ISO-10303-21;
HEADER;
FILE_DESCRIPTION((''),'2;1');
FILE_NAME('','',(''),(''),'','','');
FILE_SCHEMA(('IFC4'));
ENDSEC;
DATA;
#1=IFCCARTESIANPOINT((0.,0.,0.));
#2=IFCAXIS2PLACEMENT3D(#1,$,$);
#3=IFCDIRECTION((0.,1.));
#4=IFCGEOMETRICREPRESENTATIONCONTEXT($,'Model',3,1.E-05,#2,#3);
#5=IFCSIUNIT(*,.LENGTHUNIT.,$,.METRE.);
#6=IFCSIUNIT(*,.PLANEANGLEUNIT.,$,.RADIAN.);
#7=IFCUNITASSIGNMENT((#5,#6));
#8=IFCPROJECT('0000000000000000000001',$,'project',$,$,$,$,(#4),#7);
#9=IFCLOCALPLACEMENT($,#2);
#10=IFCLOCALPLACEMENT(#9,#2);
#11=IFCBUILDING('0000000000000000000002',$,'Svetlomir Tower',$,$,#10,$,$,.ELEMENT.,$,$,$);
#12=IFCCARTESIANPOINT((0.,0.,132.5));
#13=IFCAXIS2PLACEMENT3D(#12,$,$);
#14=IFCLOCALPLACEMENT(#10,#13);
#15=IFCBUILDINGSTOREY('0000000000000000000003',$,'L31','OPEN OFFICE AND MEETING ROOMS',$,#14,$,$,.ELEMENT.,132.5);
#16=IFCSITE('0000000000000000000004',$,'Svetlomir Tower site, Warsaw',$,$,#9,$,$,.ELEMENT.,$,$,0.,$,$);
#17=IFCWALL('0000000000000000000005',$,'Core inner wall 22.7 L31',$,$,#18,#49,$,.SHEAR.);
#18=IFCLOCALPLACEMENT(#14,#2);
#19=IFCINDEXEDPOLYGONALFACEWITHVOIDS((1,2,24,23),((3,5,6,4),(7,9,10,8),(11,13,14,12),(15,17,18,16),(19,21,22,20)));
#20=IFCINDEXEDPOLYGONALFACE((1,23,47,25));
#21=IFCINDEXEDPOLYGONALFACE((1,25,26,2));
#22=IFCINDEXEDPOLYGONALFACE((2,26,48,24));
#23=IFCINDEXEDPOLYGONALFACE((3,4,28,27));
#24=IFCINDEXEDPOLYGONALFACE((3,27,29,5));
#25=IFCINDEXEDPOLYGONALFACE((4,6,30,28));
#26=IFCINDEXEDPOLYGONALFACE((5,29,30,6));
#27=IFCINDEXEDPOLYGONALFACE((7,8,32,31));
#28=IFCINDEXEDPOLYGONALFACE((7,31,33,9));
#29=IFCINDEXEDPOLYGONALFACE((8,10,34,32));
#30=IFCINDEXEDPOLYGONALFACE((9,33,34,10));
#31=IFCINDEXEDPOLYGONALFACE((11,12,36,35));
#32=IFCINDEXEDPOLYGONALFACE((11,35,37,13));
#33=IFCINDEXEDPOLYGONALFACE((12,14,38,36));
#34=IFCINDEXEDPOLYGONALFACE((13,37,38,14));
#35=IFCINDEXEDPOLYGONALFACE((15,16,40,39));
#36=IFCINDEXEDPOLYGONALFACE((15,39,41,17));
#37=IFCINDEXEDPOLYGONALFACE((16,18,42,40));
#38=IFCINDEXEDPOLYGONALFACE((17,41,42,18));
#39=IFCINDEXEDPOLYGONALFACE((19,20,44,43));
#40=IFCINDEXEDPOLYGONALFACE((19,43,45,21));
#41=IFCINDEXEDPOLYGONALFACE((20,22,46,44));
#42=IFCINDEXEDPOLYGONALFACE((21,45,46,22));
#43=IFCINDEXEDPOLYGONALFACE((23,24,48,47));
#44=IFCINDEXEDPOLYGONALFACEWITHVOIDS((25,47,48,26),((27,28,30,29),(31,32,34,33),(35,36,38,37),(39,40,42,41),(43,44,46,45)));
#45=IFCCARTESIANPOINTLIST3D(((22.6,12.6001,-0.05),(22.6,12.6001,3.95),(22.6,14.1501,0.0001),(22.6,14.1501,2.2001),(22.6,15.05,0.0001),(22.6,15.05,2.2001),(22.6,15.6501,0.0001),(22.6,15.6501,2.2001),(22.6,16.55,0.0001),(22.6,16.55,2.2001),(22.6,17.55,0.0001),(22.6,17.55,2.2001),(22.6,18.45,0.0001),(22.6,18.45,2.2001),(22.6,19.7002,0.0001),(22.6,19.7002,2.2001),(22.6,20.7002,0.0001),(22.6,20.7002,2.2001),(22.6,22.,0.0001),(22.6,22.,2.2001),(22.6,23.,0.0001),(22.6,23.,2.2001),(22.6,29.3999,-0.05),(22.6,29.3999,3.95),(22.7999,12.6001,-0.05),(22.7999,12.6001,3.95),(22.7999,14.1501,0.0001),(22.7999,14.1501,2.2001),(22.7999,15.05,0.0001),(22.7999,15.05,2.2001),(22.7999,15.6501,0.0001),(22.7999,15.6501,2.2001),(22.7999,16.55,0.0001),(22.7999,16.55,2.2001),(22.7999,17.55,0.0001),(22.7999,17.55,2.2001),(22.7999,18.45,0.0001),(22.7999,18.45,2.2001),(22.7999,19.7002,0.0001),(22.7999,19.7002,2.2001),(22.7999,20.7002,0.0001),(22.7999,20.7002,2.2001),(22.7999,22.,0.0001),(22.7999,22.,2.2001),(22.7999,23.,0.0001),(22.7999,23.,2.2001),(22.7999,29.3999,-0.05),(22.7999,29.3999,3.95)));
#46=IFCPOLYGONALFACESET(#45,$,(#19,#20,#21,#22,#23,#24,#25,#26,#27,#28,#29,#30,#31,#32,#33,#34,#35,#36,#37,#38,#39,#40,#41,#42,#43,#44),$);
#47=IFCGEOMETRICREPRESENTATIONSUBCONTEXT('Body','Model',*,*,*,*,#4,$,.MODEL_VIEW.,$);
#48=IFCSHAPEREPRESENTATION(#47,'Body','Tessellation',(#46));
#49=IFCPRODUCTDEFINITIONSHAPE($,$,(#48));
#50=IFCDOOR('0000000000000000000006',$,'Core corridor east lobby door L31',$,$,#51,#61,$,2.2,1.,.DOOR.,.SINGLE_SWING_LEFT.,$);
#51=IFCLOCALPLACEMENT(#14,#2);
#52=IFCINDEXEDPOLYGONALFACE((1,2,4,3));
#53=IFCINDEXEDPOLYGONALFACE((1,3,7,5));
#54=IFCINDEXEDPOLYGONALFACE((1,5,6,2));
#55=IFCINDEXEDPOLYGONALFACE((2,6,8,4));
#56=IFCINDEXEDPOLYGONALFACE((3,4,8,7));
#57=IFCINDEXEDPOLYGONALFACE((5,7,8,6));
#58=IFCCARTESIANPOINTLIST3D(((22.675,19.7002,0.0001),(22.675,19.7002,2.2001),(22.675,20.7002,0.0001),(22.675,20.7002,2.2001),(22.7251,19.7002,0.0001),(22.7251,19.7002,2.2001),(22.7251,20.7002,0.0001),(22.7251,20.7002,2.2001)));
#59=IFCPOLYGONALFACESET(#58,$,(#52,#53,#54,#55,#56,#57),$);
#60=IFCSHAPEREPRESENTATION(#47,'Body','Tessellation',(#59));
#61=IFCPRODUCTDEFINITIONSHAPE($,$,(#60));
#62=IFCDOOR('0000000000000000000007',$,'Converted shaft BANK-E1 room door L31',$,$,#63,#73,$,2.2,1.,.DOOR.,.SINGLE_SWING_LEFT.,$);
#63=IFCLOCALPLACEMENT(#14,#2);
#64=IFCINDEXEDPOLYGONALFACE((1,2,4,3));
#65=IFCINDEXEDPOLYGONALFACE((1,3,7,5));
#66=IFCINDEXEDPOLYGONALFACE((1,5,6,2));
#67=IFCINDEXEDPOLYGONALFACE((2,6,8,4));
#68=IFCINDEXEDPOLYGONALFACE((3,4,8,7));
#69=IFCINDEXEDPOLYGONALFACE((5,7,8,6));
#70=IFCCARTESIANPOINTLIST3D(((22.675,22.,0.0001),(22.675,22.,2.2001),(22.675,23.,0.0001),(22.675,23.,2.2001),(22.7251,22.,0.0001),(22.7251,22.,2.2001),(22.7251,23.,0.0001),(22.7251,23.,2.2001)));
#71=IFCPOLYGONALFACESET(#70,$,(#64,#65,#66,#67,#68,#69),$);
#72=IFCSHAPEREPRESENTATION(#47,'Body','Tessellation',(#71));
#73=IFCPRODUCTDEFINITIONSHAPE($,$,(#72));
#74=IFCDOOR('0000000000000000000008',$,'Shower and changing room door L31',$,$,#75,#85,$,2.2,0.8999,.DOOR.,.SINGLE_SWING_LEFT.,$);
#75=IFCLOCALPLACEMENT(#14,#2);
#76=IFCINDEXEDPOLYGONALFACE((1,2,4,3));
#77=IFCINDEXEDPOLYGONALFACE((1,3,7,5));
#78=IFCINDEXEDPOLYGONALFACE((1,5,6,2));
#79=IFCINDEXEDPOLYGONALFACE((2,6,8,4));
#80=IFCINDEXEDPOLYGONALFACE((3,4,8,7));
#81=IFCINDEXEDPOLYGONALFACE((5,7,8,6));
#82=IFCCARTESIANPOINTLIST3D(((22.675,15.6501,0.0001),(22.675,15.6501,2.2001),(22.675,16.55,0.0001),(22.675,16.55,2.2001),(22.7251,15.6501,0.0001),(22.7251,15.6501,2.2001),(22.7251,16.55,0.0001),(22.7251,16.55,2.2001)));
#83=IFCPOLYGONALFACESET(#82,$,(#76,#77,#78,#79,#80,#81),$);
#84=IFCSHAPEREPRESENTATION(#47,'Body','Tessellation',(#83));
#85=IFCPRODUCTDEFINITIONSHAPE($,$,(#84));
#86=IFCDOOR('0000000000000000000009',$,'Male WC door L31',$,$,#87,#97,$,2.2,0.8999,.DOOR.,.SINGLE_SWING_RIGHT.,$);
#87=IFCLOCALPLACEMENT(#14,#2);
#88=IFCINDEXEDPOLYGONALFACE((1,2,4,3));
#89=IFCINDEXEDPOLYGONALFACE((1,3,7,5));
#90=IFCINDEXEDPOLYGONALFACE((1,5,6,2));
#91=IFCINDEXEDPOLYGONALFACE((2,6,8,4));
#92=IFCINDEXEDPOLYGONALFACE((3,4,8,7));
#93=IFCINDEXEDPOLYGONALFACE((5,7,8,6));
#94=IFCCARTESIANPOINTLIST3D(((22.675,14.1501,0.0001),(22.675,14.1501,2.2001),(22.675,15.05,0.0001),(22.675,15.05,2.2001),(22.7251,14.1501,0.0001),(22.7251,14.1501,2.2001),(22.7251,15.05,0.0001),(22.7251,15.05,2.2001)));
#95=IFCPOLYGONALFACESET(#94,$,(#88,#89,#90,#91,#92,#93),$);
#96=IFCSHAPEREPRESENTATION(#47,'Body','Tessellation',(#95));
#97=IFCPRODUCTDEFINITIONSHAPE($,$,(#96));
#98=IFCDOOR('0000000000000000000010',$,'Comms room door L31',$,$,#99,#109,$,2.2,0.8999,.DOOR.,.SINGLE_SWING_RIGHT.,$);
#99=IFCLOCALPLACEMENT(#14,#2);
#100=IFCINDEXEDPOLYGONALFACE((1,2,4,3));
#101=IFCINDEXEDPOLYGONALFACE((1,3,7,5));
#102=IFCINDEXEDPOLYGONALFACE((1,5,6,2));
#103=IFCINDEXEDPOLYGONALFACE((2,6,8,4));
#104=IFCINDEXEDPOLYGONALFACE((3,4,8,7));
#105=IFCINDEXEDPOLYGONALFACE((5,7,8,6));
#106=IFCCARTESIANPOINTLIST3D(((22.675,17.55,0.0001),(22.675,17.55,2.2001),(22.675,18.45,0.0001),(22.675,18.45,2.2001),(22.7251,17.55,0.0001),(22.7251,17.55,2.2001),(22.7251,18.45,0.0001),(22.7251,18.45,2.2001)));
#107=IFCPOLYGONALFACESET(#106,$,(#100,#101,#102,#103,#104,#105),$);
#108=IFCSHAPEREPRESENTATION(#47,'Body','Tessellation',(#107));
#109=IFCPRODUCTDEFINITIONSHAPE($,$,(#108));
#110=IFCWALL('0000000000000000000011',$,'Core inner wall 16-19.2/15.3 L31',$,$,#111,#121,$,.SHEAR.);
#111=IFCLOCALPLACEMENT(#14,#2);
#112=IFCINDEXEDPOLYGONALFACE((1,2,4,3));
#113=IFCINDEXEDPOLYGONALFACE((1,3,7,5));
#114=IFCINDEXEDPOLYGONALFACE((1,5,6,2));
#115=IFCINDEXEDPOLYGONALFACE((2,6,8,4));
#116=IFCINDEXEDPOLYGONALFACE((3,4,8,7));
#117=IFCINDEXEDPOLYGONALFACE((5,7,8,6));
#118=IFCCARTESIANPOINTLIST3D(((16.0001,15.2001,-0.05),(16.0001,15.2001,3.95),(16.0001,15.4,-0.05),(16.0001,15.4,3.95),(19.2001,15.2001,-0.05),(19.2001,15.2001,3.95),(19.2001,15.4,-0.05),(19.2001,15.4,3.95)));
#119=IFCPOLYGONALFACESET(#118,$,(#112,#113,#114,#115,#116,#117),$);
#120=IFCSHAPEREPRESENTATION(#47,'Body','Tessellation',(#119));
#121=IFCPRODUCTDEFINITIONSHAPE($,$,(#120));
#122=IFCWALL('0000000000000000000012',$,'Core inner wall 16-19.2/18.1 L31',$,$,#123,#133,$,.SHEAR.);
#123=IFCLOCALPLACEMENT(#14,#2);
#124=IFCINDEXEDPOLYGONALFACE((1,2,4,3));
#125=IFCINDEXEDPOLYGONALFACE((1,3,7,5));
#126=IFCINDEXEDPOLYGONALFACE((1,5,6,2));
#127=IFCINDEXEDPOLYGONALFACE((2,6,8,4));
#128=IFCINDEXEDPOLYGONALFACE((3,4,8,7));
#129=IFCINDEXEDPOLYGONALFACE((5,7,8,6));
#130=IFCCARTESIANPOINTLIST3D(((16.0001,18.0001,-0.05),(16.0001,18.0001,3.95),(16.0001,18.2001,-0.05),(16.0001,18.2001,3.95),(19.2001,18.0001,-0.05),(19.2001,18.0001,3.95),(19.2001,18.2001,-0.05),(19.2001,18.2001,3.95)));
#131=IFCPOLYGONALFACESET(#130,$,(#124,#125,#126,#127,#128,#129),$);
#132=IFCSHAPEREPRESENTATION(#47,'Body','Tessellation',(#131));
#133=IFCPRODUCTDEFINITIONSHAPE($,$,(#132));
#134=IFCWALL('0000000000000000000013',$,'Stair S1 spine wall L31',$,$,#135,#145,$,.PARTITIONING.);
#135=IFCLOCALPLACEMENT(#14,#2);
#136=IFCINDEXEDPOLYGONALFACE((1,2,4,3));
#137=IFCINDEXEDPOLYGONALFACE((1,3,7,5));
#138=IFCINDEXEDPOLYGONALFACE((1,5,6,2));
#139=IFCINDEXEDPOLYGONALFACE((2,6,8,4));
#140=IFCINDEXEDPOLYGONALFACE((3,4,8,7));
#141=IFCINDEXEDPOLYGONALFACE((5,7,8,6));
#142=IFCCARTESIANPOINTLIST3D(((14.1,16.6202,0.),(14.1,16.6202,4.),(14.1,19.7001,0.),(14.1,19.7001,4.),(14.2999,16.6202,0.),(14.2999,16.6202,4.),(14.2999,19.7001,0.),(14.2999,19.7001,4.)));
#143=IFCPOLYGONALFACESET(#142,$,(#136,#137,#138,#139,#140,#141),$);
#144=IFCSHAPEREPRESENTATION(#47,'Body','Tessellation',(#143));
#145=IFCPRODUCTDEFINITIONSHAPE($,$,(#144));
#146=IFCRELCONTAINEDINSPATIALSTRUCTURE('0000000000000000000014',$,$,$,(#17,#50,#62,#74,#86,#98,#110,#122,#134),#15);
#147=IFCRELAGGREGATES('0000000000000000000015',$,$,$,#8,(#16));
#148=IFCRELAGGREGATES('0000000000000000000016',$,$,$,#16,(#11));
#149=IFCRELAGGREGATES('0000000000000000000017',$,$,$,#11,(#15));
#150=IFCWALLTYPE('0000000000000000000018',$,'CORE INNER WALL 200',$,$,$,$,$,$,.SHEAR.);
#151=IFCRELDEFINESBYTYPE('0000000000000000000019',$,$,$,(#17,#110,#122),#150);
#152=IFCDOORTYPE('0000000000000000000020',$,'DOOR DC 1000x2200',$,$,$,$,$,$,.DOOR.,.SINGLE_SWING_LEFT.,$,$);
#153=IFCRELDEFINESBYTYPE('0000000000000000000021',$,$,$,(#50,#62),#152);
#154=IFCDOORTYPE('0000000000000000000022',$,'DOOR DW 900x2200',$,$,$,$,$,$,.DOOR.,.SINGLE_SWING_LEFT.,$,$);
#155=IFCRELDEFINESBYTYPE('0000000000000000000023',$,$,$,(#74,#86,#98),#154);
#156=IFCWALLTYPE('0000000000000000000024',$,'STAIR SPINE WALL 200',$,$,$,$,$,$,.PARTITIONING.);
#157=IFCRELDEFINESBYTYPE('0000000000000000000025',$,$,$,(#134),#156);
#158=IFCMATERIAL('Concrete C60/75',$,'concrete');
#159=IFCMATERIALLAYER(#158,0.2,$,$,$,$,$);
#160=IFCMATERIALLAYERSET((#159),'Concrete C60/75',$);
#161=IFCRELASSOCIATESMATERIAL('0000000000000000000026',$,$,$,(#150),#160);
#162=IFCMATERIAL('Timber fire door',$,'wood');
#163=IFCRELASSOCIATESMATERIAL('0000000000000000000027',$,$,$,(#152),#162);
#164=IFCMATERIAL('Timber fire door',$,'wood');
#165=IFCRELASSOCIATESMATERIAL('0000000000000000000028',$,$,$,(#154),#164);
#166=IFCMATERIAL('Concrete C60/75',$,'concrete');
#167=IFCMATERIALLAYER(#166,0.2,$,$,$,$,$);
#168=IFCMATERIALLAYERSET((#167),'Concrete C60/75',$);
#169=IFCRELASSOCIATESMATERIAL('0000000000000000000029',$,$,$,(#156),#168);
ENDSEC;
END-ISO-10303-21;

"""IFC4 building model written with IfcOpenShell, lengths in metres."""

from ifc_helpers import new_model, si_unit, direction, frame, frame_2d, origin, place, context, subcontext, project, spatial, rectangle, extrude, material, layer, layer_set, type_object, element, fill, save


model = new_model("IFC4")

# Units and contexts
model_context = context("Model", 3, precision=1e-05, world=origin(), true_north=direction((0.0, 1.0)))
body_context = subcontext(model_context, "Body", "Model", "MODEL_VIEW")
ifc_project = project(units=[si_unit("LENGTHUNIT", "METRE"), si_unit("PLANEANGLEUNIT", "RADIAN")], contexts=[model_context])

# Site, building, storey
site_placement = place(None, origin())
site = spatial("IfcSite", under=ifc_project, at=site_placement, Name="Svetlomir Tower site, Warsaw", CompositionType="ELEMENT", RefElevation=0.0)
building_placement = place(site_placement, origin())
building = spatial("IfcBuilding", under=site, at=building_placement, Name="Svetlomir Tower", CompositionType="ELEMENT")
storey_placement = place(building_placement, frame((0.0, 0.0, 132.5)))
storey = spatial("IfcBuildingStorey", under=building, at=storey_placement, Name="L31", Description="OPEN OFFICE AND MEETING ROOMS", CompositionType="ELEMENT", Elevation=132.5)

# Wall, openings, doors
ifc_material_1 = material(Name="Concrete C60/75", Category="concrete")
ifc_layer_1 = layer(ifc_material_1, 0.2)
ifc_layer_set_1 = layer_set([ifc_layer_1], Name="Concrete C60/75")
wall_type_1 = type_object("IfcWallType", Name="CORE INNER WALL 200", PredefinedType="SHEAR", material=ifc_layer_set_1)
ifc_material_2 = material(Name="Timber fire door", Category="wood")
door_type_1 = type_object("IfcDoorType", Name="DOOR DC 1000x2200", OperationType="SINGLE_SWING_LEFT", PredefinedType="DOOR", material=ifc_material_2)
ifc_material_3 = material(Name="Timber fire door", Category="wood")
door_type_2 = type_object("IfcDoorType", Name="DOOR DW 900x2200", OperationType="SINGLE_SWING_LEFT", PredefinedType="DOOR", material=ifc_material_3)
wall_1_placement = place(storey_placement, frame((22.7, 12.6001, -0.05), z_axis=(0.0, 0.0, 1.0), x_axis=(0.0, 1.0, 0.0)))
wall_1 = element("IfcWall", 1, at=wall_1_placement, inside=storey, type_object=wall_type_1, Name="Core inner wall 22.7 L31", PredefinedType="SHEAR", context=body_context, shape_type="SweptSolid", body=[
    extrude(rectangle(XDim=16.7998, YDim=0.2, at=frame_2d((8.3999, 0.0))), origin(), (0.0, 0.0, 1.0), 4.0),
])
opening_1_placement = place(wall_1_placement, frame((3.05, 0.0, 0.05)))
opening_1 = element("IfcOpeningElement", 2, at=opening_1_placement, cuts=wall_1, PredefinedType="OPENING", context=body_context, shape_type="SweptSolid", body=[
    extrude(rectangle(XDim=0.8999, YDim=2.2, at=frame_2d((0.45, 1.1001))), frame((0.0, 0.1099, 0.0), z_axis=(0.0, -1.0, 0.0), x_axis=(1.0, 0.0, 0.0)), (0.0, 0.0, 1.0), 0.22),
])
opening_2_placement = place(wall_1_placement, frame((7.1001, 0.0, 0.05)))
opening_2 = element("IfcOpeningElement", 3, at=opening_2_placement, cuts=wall_1, PredefinedType="OPENING", context=body_context, shape_type="SweptSolid", body=[
    extrude(rectangle(XDim=1.0, YDim=2.2, at=frame_2d((0.5, 1.1001))), frame((0.0, 0.1099, 0.0), z_axis=(0.0, -1.0, 0.0), x_axis=(1.0, 0.0, 0.0)), (0.0, 0.0, 1.0), 0.22),
])
opening_3_placement = place(wall_1_placement, frame((1.55, 0.0, 0.05)))
opening_3 = element("IfcOpeningElement", 4, at=opening_3_placement, cuts=wall_1, PredefinedType="OPENING", context=body_context, shape_type="SweptSolid", body=[
    extrude(rectangle(XDim=0.8999, YDim=2.2, at=frame_2d((0.45, 1.1001))), frame((0.0, 0.1099, 0.0), z_axis=(0.0, -1.0, 0.0), x_axis=(1.0, 0.0, 0.0)), (0.0, 0.0, 1.0), 0.22),
])
opening_4_placement = place(wall_1_placement, frame((4.95, 0.0, 0.05)))
opening_4 = element("IfcOpeningElement", 5, at=opening_4_placement, cuts=wall_1, PredefinedType="OPENING", context=body_context, shape_type="SweptSolid", body=[
    extrude(rectangle(XDim=0.8999, YDim=2.2, at=frame_2d((0.45, 1.1001))), frame((0.0, 0.1099, 0.0), z_axis=(0.0, -1.0, 0.0), x_axis=(1.0, 0.0, 0.0)), (0.0, 0.0, 1.0), 0.22),
])
opening_5_placement = place(wall_1_placement, frame((9.3999, 0.0, 0.05)))
opening_5 = element("IfcOpeningElement", 6, at=opening_5_placement, cuts=wall_1, PredefinedType="OPENING", context=body_context, shape_type="SweptSolid", body=[
    extrude(rectangle(XDim=1.0, YDim=2.2, at=frame_2d((0.5, 1.1001))), frame((0.0, 0.1099, 0.0), z_axis=(0.0, -1.0, 0.0), x_axis=(1.0, 0.0, 0.0)), (0.0, 0.0, 1.0), 0.22),
])
door_1_placement = place(opening_2_placement, origin())
door_1 = element("IfcDoor", 7, at=door_1_placement, inside=storey, type_object=door_type_1, Name="Core corridor east lobby door L31", OperationType="SINGLE_SWING_LEFT", OverallHeight=2.2, OverallWidth=1.0, PredefinedType="DOOR", context=body_context, shape_type="SweptSolid", body=[
    extrude(rectangle(XDim=1.0, YDim=2.2, at=frame_2d((0.5, 1.1001))), frame((0.0, 0.0249, 0.0), z_axis=(0.0, -1.0, 0.0), x_axis=(1.0, 0.0, 0.0)), (0.0, 0.0, 1.0), 0.05),
])
fill(opening_2, door_1)
door_2_placement = place(opening_5_placement, origin())
door_2 = element("IfcDoor", 8, at=door_2_placement, inside=storey, type_object=door_type_1, Name="Converted shaft BANK-E1 room door L31", OperationType="SINGLE_SWING_LEFT", OverallHeight=2.2, OverallWidth=1.0, PredefinedType="DOOR", context=body_context, shape_type="SweptSolid", body=[
    extrude(rectangle(XDim=1.0, YDim=2.2, at=frame_2d((0.5, 1.1001))), frame((0.0, 0.0249, 0.0), z_axis=(0.0, -1.0, 0.0), x_axis=(1.0, 0.0, 0.0)), (0.0, 0.0, 1.0), 0.05),
])
fill(opening_5, door_2)
door_3_placement = place(opening_1_placement, origin())
door_3 = element("IfcDoor", 9, at=door_3_placement, inside=storey, type_object=door_type_2, Name="Shower and changing room door L31", OperationType="SINGLE_SWING_LEFT", OverallHeight=2.2, OverallWidth=0.8999, PredefinedType="DOOR", context=body_context, shape_type="SweptSolid", body=[
    extrude(rectangle(XDim=0.8999, YDim=2.2, at=frame_2d((0.45, 1.1001))), frame((0.0, 0.0249, 0.0), z_axis=(0.0, -1.0, 0.0), x_axis=(1.0, 0.0, 0.0)), (0.0, 0.0, 1.0), 0.05),
])
fill(opening_1, door_3)
door_4_placement = place(opening_3_placement, origin())
door_4 = element("IfcDoor", 10, at=door_4_placement, inside=storey, type_object=door_type_2, Name="Male WC door L31", OperationType="SINGLE_SWING_RIGHT", OverallHeight=2.2, OverallWidth=0.8999, PredefinedType="DOOR", context=body_context, shape_type="SweptSolid", body=[
    extrude(rectangle(XDim=0.8999, YDim=2.2, at=frame_2d((0.45, 1.1001))), frame((0.0, 0.0249, 0.0), z_axis=(0.0, -1.0, 0.0), x_axis=(1.0, 0.0, 0.0)), (0.0, 0.0, 1.0), 0.05),
])
fill(opening_3, door_4)
door_5_placement = place(opening_4_placement, origin())
door_5 = element("IfcDoor", 11, at=door_5_placement, inside=storey, type_object=door_type_2, Name="Comms room door L31", OperationType="SINGLE_SWING_RIGHT", OverallHeight=2.2, OverallWidth=0.8999, PredefinedType="DOOR", context=body_context, shape_type="SweptSolid", body=[
    extrude(rectangle(XDim=0.8999, YDim=2.2, at=frame_2d((0.45, 1.1001))), frame((0.0, 0.0249, 0.0), z_axis=(0.0, -1.0, 0.0), x_axis=(1.0, 0.0, 0.0)), (0.0, 0.0, 1.0), 0.05),
])
fill(opening_4, door_5)

# Walls
for number, where, z_axis, x_axis, name in (
    (12, (16.0, 15.3, -0.05), (0.0, 0.0, 1.0), (1.0, 0.0, 0.0), "Core inner wall 16-19.2/15.3 L31"),
    (13, (16.0, 18.1001, -0.05), (0.0, 0.0, 1.0), (1.0, 0.0, 0.0), "Core inner wall 16-19.2/18.1 L31"),
):
    element("IfcWall", number, at=place(storey_placement, frame(where, z_axis=z_axis, x_axis=x_axis)), inside=storey, type_object=wall_type_1, Name=name, PredefinedType="SHEAR", context=body_context, shape_type="SweptSolid", body=[
        extrude(rectangle(XDim=3.2, YDim=0.2, at=frame_2d((1.6001, 0.0))), origin(), (0.0, 0.0, 1.0), 4.0),
    ])
ifc_material_4 = material(Name="Concrete C60/75", Category="concrete")
ifc_layer_2 = layer(ifc_material_4, 0.2)
ifc_layer_set_2 = layer_set([ifc_layer_2], Name="Concrete C60/75")
wall_type_2 = type_object("IfcWallType", Name="STAIR SPINE WALL 200", PredefinedType="PARTITIONING", material=ifc_layer_set_2)
wall_2_placement = place(storey_placement, frame((14.2, 16.6201, 0.0), z_axis=(0.0, 0.0, 1.0), x_axis=(0.0, 1.0, 0.0)))
element("IfcWall", 14, at=wall_2_placement, inside=storey, type_object=wall_type_2, Name="Stair S1 spine wall L31", PredefinedType="PARTITIONING", context=body_context, shape_type="SweptSolid", body=[
    extrude(rectangle(XDim=3.0798, YDim=0.2, at=frame_2d((1.54, 0.0))), origin(), (0.0, 0.0, 1.0), 4.0),
])

save(model, "model.ifc")
